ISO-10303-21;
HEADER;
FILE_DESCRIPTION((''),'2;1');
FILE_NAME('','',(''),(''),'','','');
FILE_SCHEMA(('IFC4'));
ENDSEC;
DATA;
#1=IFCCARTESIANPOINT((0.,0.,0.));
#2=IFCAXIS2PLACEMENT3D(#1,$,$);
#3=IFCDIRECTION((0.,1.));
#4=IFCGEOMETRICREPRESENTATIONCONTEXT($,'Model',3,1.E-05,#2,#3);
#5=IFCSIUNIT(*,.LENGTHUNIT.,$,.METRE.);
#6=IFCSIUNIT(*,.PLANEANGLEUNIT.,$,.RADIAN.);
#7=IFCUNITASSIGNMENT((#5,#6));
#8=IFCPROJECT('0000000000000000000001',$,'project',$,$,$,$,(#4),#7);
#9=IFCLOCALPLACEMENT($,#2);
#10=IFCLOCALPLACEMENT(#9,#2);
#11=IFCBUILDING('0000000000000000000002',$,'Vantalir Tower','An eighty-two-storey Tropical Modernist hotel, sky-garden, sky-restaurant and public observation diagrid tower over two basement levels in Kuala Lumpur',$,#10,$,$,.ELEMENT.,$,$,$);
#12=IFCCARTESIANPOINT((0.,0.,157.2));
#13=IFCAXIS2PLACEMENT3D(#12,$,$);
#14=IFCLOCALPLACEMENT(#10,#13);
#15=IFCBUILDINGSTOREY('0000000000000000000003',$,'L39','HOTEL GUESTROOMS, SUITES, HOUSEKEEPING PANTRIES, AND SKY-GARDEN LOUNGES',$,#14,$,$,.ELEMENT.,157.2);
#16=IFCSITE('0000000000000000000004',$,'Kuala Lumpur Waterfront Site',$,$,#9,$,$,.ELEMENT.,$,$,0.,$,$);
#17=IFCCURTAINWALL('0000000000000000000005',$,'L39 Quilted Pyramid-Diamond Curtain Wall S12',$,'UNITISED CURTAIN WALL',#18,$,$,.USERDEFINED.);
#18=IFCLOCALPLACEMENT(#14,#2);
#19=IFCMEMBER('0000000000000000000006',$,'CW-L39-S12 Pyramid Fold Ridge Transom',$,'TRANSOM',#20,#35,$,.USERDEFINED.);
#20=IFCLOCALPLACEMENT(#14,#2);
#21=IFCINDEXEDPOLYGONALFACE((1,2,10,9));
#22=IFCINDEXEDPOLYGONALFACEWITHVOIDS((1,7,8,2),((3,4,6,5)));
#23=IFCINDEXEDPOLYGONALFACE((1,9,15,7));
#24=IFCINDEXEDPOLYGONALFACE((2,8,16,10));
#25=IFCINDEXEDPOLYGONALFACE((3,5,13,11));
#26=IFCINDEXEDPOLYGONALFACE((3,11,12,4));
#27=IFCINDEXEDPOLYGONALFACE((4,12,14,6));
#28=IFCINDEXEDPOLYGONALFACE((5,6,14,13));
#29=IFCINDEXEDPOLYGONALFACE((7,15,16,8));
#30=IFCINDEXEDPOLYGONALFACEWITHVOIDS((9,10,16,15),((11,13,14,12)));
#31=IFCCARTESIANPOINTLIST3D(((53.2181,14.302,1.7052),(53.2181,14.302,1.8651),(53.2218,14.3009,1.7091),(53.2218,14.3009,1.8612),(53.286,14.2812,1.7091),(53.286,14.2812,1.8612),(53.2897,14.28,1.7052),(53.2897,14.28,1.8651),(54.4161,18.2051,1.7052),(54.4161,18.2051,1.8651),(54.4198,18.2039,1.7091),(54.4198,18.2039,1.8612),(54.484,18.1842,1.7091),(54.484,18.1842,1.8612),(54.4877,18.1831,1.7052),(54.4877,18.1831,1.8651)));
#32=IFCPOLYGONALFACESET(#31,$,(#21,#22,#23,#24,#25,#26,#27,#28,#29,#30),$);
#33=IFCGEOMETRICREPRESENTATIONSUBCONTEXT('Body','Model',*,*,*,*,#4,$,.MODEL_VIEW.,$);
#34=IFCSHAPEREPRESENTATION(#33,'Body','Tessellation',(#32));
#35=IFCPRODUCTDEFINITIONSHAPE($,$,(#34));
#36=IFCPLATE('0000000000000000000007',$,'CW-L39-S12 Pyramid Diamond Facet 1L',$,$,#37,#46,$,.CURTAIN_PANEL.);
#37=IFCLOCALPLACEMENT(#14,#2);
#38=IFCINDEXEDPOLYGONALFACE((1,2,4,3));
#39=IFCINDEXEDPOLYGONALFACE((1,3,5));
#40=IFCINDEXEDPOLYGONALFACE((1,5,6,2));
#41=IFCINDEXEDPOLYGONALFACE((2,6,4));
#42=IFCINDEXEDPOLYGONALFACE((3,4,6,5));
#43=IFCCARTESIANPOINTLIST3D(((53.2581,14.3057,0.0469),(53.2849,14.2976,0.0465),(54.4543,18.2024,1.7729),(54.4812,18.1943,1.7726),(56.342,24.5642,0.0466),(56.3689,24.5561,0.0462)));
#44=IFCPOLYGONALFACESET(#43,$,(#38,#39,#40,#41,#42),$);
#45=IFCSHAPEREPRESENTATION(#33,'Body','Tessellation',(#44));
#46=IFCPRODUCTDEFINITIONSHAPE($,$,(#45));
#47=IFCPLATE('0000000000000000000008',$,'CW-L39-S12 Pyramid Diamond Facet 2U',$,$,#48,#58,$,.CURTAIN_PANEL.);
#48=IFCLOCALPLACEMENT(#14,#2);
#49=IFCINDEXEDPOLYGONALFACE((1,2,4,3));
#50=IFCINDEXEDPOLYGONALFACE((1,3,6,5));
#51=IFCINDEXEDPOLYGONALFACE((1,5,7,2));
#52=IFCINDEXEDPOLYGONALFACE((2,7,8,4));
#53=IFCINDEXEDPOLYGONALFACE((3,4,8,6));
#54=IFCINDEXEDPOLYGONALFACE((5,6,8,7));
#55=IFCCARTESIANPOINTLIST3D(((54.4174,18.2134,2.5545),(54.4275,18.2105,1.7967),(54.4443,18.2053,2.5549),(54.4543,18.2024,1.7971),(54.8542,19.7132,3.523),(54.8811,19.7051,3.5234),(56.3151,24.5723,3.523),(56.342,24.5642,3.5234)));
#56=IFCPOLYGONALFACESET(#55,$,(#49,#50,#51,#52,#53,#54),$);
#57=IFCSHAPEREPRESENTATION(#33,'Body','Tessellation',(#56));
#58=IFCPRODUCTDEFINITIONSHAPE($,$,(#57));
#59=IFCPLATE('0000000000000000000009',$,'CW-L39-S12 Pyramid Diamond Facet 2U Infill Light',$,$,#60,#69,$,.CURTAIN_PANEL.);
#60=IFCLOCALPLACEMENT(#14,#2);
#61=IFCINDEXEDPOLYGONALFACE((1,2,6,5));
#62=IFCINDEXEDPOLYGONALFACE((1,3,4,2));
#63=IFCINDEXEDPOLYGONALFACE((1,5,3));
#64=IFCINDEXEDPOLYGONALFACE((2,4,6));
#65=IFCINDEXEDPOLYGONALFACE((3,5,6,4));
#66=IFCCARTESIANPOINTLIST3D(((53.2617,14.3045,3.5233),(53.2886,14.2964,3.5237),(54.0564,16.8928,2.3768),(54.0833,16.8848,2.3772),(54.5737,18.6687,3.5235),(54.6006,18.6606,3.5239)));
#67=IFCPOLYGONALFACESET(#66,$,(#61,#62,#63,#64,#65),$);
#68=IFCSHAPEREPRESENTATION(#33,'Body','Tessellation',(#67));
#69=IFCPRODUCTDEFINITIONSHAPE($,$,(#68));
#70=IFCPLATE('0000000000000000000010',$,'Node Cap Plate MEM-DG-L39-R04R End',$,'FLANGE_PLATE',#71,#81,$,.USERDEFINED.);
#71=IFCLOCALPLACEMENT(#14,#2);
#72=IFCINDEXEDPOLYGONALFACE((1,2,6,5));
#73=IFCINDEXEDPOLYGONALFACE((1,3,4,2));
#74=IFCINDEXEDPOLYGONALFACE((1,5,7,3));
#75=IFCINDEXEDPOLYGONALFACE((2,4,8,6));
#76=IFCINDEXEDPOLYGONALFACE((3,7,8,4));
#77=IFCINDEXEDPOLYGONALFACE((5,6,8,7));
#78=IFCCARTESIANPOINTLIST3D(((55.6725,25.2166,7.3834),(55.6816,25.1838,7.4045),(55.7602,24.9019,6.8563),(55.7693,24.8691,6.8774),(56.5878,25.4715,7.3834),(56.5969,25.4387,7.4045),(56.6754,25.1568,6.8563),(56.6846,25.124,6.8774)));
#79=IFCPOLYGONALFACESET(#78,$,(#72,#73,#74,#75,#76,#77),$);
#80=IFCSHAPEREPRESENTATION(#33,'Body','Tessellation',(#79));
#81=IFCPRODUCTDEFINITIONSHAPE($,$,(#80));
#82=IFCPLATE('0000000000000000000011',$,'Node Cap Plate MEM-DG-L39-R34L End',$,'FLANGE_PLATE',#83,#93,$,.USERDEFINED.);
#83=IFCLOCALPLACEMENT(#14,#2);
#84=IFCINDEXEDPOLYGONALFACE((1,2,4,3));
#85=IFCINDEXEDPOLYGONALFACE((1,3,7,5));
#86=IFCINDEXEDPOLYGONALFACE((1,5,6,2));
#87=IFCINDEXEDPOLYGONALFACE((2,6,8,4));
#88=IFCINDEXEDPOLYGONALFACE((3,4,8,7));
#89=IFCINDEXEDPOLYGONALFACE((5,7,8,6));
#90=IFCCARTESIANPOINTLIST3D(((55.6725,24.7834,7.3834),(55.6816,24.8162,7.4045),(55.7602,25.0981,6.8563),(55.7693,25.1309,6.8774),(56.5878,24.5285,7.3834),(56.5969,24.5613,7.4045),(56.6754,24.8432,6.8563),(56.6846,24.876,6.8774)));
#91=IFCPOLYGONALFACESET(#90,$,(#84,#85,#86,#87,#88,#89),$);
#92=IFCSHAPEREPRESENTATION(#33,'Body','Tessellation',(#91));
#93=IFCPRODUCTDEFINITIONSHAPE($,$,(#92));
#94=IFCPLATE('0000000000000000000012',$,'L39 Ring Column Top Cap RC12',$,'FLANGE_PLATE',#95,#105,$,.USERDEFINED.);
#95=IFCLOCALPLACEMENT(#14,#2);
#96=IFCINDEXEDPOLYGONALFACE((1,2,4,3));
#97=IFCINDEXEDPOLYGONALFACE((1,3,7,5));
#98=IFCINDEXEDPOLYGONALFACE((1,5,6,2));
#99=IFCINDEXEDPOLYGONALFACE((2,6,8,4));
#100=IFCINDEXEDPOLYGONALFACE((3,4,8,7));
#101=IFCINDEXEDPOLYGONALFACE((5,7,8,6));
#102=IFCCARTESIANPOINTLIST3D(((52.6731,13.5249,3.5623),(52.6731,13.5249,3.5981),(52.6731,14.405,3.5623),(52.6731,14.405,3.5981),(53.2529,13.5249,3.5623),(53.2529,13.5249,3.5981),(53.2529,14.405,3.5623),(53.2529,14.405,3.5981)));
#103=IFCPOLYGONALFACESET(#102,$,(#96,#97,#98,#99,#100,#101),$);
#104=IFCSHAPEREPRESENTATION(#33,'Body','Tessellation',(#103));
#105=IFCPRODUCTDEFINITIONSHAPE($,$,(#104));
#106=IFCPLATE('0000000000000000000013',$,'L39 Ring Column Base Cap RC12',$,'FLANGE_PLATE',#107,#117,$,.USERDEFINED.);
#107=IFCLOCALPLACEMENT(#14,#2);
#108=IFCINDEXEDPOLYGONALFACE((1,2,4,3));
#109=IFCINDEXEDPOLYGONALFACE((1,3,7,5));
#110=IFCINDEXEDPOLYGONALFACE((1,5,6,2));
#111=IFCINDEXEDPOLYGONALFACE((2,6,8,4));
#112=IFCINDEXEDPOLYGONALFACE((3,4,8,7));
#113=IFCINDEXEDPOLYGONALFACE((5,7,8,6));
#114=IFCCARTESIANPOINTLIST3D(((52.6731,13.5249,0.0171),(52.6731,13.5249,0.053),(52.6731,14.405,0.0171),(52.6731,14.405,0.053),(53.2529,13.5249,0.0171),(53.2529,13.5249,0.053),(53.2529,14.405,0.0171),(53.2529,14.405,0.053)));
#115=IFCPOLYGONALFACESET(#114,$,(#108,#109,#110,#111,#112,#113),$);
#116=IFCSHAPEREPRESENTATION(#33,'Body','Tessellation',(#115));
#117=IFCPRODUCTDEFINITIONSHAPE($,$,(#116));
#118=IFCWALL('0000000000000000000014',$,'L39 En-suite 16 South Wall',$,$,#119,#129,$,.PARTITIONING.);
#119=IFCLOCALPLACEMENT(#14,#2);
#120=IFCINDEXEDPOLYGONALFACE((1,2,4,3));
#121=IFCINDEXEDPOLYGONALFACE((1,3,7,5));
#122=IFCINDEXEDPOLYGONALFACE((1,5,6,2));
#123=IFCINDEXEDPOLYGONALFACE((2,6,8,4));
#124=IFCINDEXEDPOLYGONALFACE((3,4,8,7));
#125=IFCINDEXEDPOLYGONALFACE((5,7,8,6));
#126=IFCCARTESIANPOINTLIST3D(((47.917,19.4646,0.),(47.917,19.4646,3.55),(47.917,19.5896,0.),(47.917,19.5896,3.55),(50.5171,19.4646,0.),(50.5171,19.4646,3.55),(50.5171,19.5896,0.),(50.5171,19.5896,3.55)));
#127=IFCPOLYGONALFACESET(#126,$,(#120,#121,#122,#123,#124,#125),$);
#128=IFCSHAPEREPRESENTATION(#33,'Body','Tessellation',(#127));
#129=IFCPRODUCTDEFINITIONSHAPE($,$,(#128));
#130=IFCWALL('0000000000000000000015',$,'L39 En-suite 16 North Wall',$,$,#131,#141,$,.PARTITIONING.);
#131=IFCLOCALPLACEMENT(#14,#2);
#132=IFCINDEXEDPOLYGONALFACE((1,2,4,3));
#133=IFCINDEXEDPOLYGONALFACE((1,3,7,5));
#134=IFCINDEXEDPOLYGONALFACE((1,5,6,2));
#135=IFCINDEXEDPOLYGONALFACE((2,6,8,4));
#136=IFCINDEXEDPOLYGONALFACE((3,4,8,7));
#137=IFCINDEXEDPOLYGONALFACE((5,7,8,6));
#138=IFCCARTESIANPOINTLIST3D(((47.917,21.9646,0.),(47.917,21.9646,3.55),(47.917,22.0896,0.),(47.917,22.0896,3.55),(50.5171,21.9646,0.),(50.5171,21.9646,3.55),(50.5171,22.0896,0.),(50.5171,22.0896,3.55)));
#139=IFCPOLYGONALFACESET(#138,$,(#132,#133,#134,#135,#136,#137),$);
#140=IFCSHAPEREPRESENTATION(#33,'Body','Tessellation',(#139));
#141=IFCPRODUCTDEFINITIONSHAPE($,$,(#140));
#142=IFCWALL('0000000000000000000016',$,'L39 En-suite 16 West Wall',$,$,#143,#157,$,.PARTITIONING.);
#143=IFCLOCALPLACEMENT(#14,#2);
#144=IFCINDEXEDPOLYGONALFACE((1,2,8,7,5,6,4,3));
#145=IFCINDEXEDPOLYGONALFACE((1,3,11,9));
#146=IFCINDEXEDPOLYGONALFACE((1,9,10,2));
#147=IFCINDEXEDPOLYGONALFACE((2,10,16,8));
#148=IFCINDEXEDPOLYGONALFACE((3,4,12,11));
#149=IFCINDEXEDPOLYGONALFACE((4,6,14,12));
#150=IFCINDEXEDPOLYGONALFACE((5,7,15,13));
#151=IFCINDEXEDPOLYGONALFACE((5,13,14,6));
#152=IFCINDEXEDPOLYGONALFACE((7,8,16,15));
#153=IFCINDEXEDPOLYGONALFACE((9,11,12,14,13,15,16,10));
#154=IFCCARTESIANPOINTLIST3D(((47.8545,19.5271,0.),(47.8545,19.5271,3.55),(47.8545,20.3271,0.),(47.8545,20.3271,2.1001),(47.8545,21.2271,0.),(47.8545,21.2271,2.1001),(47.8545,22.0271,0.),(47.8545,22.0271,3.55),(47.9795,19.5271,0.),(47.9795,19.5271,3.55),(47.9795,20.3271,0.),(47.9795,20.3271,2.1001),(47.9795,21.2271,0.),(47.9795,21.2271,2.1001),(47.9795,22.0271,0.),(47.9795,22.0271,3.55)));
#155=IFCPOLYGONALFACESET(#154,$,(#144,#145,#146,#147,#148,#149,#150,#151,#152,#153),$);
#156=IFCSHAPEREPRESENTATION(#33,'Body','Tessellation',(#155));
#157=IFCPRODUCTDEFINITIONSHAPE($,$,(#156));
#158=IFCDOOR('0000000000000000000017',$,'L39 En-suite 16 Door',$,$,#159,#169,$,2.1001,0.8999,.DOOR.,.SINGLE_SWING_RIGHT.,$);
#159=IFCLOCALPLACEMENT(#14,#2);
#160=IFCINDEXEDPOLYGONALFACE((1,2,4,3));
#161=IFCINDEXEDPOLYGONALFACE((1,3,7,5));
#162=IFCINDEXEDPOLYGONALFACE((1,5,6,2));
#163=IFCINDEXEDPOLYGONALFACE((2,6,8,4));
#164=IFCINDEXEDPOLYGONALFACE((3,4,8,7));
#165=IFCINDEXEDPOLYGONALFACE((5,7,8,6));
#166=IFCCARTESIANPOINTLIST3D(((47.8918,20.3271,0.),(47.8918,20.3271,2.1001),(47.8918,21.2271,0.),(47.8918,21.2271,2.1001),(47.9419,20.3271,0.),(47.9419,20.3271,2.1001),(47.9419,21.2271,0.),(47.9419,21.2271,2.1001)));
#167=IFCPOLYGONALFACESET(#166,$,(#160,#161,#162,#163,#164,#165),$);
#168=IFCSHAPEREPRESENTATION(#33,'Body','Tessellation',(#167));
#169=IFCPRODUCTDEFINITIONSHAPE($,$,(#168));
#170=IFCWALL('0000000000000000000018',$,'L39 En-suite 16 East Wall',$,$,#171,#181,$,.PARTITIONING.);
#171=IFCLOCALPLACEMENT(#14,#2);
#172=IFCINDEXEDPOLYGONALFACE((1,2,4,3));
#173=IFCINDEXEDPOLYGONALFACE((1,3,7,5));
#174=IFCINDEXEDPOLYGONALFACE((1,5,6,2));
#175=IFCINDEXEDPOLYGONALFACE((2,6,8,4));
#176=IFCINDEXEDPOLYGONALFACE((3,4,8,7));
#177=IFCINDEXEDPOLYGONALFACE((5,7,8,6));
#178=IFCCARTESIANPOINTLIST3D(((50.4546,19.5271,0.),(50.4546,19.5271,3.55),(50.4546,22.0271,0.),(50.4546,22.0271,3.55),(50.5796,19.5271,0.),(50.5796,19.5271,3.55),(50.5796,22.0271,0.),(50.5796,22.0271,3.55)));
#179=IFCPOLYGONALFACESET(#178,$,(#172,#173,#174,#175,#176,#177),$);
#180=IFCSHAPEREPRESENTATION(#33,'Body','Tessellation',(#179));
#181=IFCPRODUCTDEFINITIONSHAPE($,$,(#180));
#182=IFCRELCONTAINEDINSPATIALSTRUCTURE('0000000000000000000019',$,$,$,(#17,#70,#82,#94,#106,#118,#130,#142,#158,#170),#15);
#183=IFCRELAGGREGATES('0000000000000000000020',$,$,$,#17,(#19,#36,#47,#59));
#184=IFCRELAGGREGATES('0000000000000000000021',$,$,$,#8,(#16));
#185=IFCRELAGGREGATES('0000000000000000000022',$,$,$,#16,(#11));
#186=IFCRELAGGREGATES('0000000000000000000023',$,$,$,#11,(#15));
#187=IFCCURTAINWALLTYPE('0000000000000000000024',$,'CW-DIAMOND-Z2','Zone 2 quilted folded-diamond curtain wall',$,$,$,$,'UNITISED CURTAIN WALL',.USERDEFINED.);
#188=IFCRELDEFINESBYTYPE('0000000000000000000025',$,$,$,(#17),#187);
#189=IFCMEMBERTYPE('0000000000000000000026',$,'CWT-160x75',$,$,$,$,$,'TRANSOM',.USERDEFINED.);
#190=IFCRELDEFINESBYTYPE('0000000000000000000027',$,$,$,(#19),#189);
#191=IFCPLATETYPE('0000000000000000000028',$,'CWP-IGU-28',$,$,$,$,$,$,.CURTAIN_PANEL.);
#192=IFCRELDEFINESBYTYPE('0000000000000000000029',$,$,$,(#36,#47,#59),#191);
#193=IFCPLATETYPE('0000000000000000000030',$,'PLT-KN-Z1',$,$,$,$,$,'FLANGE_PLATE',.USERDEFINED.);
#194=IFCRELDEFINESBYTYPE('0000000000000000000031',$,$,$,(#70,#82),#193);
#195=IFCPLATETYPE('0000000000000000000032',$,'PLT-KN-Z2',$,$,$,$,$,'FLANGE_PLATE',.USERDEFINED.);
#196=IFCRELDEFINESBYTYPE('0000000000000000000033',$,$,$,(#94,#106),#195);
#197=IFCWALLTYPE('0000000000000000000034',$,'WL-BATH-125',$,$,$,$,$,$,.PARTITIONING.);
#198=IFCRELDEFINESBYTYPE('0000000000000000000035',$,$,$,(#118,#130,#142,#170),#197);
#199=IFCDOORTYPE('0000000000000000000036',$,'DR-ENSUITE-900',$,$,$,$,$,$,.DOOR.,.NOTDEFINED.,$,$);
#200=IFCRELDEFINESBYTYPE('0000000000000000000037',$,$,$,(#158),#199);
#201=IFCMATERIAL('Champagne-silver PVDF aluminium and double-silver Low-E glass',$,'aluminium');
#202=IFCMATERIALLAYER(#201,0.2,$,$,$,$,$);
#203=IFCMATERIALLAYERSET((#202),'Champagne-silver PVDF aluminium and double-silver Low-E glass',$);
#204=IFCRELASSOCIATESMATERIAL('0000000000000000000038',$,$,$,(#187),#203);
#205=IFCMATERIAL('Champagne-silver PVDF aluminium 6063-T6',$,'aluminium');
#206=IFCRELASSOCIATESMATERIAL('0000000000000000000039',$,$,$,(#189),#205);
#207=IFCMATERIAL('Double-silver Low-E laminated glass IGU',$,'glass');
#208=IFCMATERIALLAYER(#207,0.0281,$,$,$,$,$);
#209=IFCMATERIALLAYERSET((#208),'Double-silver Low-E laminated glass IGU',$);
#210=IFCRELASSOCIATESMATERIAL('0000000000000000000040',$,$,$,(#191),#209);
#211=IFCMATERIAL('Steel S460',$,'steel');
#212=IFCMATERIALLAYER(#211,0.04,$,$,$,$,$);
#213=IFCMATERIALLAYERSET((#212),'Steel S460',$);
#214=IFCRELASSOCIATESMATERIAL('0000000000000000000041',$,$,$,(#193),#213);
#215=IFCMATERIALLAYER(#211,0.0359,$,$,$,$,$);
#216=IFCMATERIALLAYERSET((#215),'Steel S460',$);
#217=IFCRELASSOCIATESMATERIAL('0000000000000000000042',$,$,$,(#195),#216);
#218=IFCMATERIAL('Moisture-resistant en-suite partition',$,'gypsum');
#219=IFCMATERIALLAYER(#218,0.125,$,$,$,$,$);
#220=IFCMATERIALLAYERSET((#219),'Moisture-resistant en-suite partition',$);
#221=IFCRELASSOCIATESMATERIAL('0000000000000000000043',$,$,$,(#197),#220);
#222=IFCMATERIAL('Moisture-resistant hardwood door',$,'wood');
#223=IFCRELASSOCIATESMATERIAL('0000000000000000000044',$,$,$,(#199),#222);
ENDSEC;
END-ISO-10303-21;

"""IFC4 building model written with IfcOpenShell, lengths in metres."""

from ifc_helpers import new_model, si_unit, direction, frame, frame_2d, origin, origin_2d, place, context, subcontext, project, spatial, polyline, rectangle, hollow_rectangle, outline, extrude, material, layer, layer_set, material_profile, profile_set, type_object, element, fill, aggregate, save


model = new_model("IFC4")

# Units and contexts
model_context = context("Model", 3, precision=1e-05, world=origin(), true_north=direction((0.0, 1.0)))
body_context = subcontext(model_context, "Body", "Model", "MODEL_VIEW")
ifc_project = project(units=[si_unit("LENGTHUNIT", "METRE"), si_unit("PLANEANGLEUNIT", "RADIAN")], contexts=[model_context])

# Site, building, storey
site_placement = place(None, origin())
site = spatial("IfcSite", under=ifc_project, at=site_placement, Name="Kuala Lumpur Waterfront Site", CompositionType="ELEMENT", RefElevation=0.0)
building_placement = place(site_placement, origin())
building = spatial("IfcBuilding", under=site, at=building_placement, Name="Vantalir Tower", Description="An eighty-two-storey Tropical Modernist hotel, sky-garden, sky-restaurant and public observation diagrid tower over two basement levels in Kuala Lumpur", CompositionType="ELEMENT")
storey_placement = place(building_placement, frame((0.0, 0.0, 157.2)))
storey = spatial("IfcBuildingStorey", under=building, at=storey_placement, Name="L39", Description="HOTEL GUESTROOMS, SUITES, HOUSEKEEPING PANTRIES, AND SKY-GARDEN LOUNGES", CompositionType="ELEMENT", Elevation=157.2)

# Shared definitions
ifc_material_1 = material(Name="Steel S460", Category="steel")

# Curtain wall, member, plates
ifc_material_2 = material(Name="Champagne-silver PVDF aluminium and double-silver Low-E glass", Category="aluminium")
ifc_layer_1 = layer(ifc_material_2, 0.2)
ifc_layer_set_1 = layer_set([ifc_layer_1], Name="Champagne-silver PVDF aluminium and double-silver Low-E glass")
curtain_wall_type = type_object("IfcCurtainWallType", Name="CW-DIAMOND-Z2", Description="Zone 2 quilted folded-diamond curtain wall", ElementType="UNITISED CURTAIN WALL", PredefinedType="USERDEFINED", material=ifc_layer_set_1)
curtain_wall_placement = place(storey_placement, origin())
curtain_wall = element("IfcCurtainWall", 1, at=curtain_wall_placement, inside=storey, type_object=curtain_wall_type, Name="L39 Quilted Pyramid-Diamond Curtain Wall S12", ObjectType="UNITISED CURTAIN WALL", PredefinedType="USERDEFINED")
ifc_material_3 = material(Name="Champagne-silver PVDF aluminium 6063-T6", Category="aluminium")
ifc_material_profile_1 = material_profile(ifc_material_3, hollow_rectangle(XDim=0.075, YDim=0.1599, WallThickness=0.0039, at=origin_2d()), Name="Champagne-silver PVDF aluminium 6063-T6")
ifc_profile_set_1 = profile_set([ifc_material_profile_1], Name="Champagne-silver PVDF aluminium 6063-T6")
member_type_1 = type_object("IfcMemberType", Name="CWT-160x75", ElementType="TRANSOM", PredefinedType="USERDEFINED", material=ifc_profile_set_1)
member_1_placement = place(storey_placement, frame((53.2539, 14.291, 1.7852), z_axis=(0.293426, 0.955982, 0.0), x_axis=(-0.955982, 0.293426, 0.0)))
member_1 = element("IfcMember", 2, at=member_1_placement, type_object=member_type_1, Name="CW-L39-S12 Pyramid Fold Ridge Transom", ObjectType="TRANSOM", PredefinedType="USERDEFINED", context=body_context, shape_type="SweptSolid", body=[
    extrude(hollow_rectangle(XDim=0.075, YDim=0.1599, WallThickness=0.0039, at=origin_2d()), origin(), (0.0, 0.0, 1.0), 4.0828),
])
ifc_material_4 = material(Name="Double-silver Low-E laminated glass IGU", Category="glass")
ifc_layer_2 = layer(ifc_material_4, 0.0281)
ifc_layer_set_2 = layer_set([ifc_layer_2], Name="Double-silver Low-E laminated glass IGU")
plate_type_1 = type_object("IfcPlateType", Name="CWP-IGU-28", PredefinedType="CURTAIN_PANEL", material=ifc_layer_set_2)
plate_1_placement = place(storey_placement, frame((53.2581, 14.3057, 0.0469), z_axis=(-0.95757, 0.287871, 0.013775), x_axis=(0.287898, 0.957661, -0.000023)))
plate_1 = element("IfcPlate", 3, at=plate_1_placement, type_object=plate_type_1, Name="CW-L39-S12 Pyramid Diamond Facet 1L", PredefinedType="CURTAIN_PANEL", context=body_context, shape_type="SweptSolid", body=[
    extrude(outline(polyline([(0.0, 0.0), (10.7121, 0.0), (4.0761, -1.7263), (0.0, 0.0)])), origin(), (0.0, 0.0, -1.0), 0.0281),
])
plate_2_placement = place(storey_placement, frame((54.8811, 19.7051, 3.5234), z_axis=(0.957565, -0.287882, 0.013873), x_axis=(0.28791, 0.957657, 0.0)))
plate_2 = element("IfcPlate", 4, at=plate_2_placement, type_object=plate_type_1, Name="CW-L39-S12 Pyramid Diamond Facet 2U", PredefinedType="CURTAIN_PANEL", context=body_context, shape_type="SweptSolid", body=[
    extrude(outline(polyline([(0.0, 0.0), (5.074, 0.0), (-1.5619, -1.7265), (-1.562, -0.9686), (0.0, 0.0)])), origin(), (0.0, 0.0, -1.0), 0.0281),
])
plate_3_placement = place(storey_placement, frame((53.2886, 14.2964, 3.5237), z_axis=(0.957569, -0.287872, 0.013815), x_axis=(0.287898, 0.957661, 0.000054)))
plate_3 = element("IfcPlate", 5, at=plate_3_placement, type_object=plate_type_1, Name="CW-L39-S12 Pyramid Diamond Facet 2U Infill Light", PredefinedType="CURTAIN_PANEL", context=body_context, shape_type="SweptSolid", body=[
    extrude(outline(polyline([(0.0, 0.0), (4.5572, 0.0), (2.7075, -1.1467), (0.0, 0.0)])), origin(), (0.0, 0.0, -1.0), 0.0281),
])
aggregate(curtain_wall, [member_1, plate_1, plate_2, plate_3])

# Plates
ifc_layer_3 = layer(ifc_material_1, 0.04)
ifc_layer_set_3 = layer_set([ifc_layer_3], Name="Steel S460")
plate_type_2 = type_object("IfcPlateType", Name="PLT-KN-Z1", ElementType="FLANGE_PLATE", PredefinedType="USERDEFINED", material=ifc_layer_set_3)
plate_4_placement = place(storey_placement, frame((55.7693, 24.8691, 6.8774), z_axis=(0.228025, -0.818838, 0.526792), x_axis=(0.963345, 0.268267, 0.0)))
element("IfcPlate", 6, at=plate_4_placement, inside=storey, type_object=plate_type_2, Name="Node Cap Plate MEM-DG-L39-R04R End", ObjectType="FLANGE_PLATE", PredefinedType="USERDEFINED", context=body_context, shape_type="SweptSolid", body=[
    extrude(outline(polyline([(0.0, 0.0), (0.9501, 0.0), (0.9501, 0.6201), (0.0, 0.6201), (0.0, 0.0)])), origin(), (0.0, 0.0, -1.0), 0.04),
])
plate_5_placement = place(storey_placement, frame((56.6846, 24.876, 6.8774), z_axis=(0.228025, 0.818838, 0.526792), x_axis=(-0.963345, 0.268267, 0.0)))
element("IfcPlate", 7, at=plate_5_placement, inside=storey, type_object=plate_type_2, Name="Node Cap Plate MEM-DG-L39-R34L End", ObjectType="FLANGE_PLATE", PredefinedType="USERDEFINED", context=body_context, shape_type="SweptSolid", body=[
    extrude(outline(polyline([(0.0, 0.0), (0.9501, 0.0), (0.9501, 0.6201), (0.0, 0.6201), (0.0, 0.0)])), origin(), (0.0, 0.0, -1.0), 0.04),
])
ifc_layer_4 = layer(ifc_material_1, 0.0359)
ifc_layer_set_4 = layer_set([ifc_layer_4], Name="Steel S460")
plate_type_3 = type_object("IfcPlateType", Name="PLT-KN-Z2", ElementType="FLANGE_PLATE", PredefinedType="USERDEFINED", material=ifc_layer_set_4)
for number, where, z_axis, x_axis, name in (
    (8, (52.6731, 14.405, 3.5981), (0.0, 0.0, 1.0), (0.0, -1.0, 0.0), "L39 Ring Column Top Cap RC12"),
    (9, (52.6731, 14.405, 0.053), (0.0, 0.0, 1.0), (0.0, -1.0, 0.0), "L39 Ring Column Base Cap RC12"),
):
    element("IfcPlate", number, at=place(storey_placement, frame(where, z_axis=z_axis, x_axis=x_axis)), inside=storey, type_object=plate_type_3, Name=name, ObjectType="FLANGE_PLATE", PredefinedType="USERDEFINED", context=body_context, shape_type="SweptSolid", body=[
        extrude(outline(polyline([(0.0, 0.0), (0.8801, 0.0), (0.8801, 0.5798), (0.0, 0.5798), (0.0, 0.0)])), origin(), (0.0, 0.0, -1.0), 0.0359),
    ])

# Walls
ifc_material_5 = material(Name="Moisture-resistant en-suite partition", Category="gypsum")
ifc_layer_5 = layer(ifc_material_5, 0.125)
ifc_layer_set_5 = layer_set([ifc_layer_5], Name="Moisture-resistant en-suite partition")
wall_type_1 = type_object("IfcWallType", Name="WL-BATH-125", PredefinedType="PARTITIONING", material=ifc_layer_set_5)
for number, where, z_axis, x_axis, name in (
    (10, (47.917, 19.5271, 0.0), (0.0, 0.0, 1.0), (1.0, 0.0, 0.0), "L39 En-suite 16 South Wall"),
    (11, (47.917, 22.0271, 0.0), (0.0, 0.0, 1.0), (1.0, 0.0, 0.0), "L39 En-suite 16 North Wall"),
):
    element("IfcWall", number, at=place(storey_placement, frame(where, z_axis=z_axis, x_axis=x_axis)), inside=storey, type_object=wall_type_1, Name=name, PredefinedType="PARTITIONING", context=body_context, shape_type="SweptSolid", body=[
        extrude(rectangle(XDim=2.6001, YDim=0.125, at=frame_2d((1.3, 0.0))), origin(), (0.0, 0.0, 1.0), 3.55),
    ])

# Wall, opening, door
wall_1_placement = place(storey_placement, frame((47.917, 19.5271, 0.0), z_axis=(0.0, 0.0, 1.0), x_axis=(0.0, 1.0, 0.0)))
wall_1 = element("IfcWall", 12, at=wall_1_placement, inside=storey, type_object=wall_type_1, Name="L39 En-suite 16 West Wall", PredefinedType="PARTITIONING", context=body_context, shape_type="SweptSolid", body=[
    extrude(rectangle(XDim=2.5, YDim=0.125, at=frame_2d((1.25, 0.0))), origin(), (0.0, 0.0, 1.0), 3.55),
])
opening_1_placement = place(wall_1_placement, frame((0.8, 0.0, 0.0)))
opening_1 = element("IfcOpeningElement", 13, at=opening_1_placement, cuts=wall_1, PredefinedType="OPENING", context=body_context, shape_type="SweptSolid", body=[
    extrude(rectangle(XDim=0.8999, YDim=2.1001, at=frame_2d((0.45, 1.05))), frame((0.0, 0.0725, 0.0), z_axis=(0.0, -1.0, 0.0), x_axis=(1.0, 0.0, 0.0)), (0.0, 0.0, 1.0), 0.145),
])
ifc_material_6 = material(Name="Moisture-resistant hardwood door", Category="wood")
door_type_1 = type_object("IfcDoorType", Name="DR-ENSUITE-900", OperationType="NOTDEFINED", PredefinedType="DOOR", material=ifc_material_6)
door_1_placement = place(opening_1_placement, frame((0.8999, 0.0, 0.0), z_axis=(0.0, 0.0, 1.0), x_axis=(-1.0, 0.0, 0.0)))
door_1 = element("IfcDoor", 14, at=door_1_placement, inside=storey, type_object=door_type_1, Name="L39 En-suite 16 Door", OperationType="SINGLE_SWING_RIGHT", OverallHeight=2.1001, OverallWidth=0.8999, PredefinedType="DOOR", context=body_context, shape_type="SweptSolid", body=[
    extrude(rectangle(XDim=0.8999, YDim=2.1001, at=frame_2d((0.45, 1.05))), frame((0.0, 0.0249, 0.0), z_axis=(0.0, -1.0, 0.0), x_axis=(1.0, 0.0, 0.0)), (0.0, 0.0, 1.0), 0.05),
])
fill(opening_1, door_1)

# Wall
wall_2_placement = place(storey_placement, frame((50.5171, 19.5271, 0.0), z_axis=(0.0, 0.0, 1.0), x_axis=(0.0, 1.0, 0.0)))
element("IfcWall", 15, at=wall_2_placement, inside=storey, type_object=wall_type_1, Name="L39 En-suite 16 East Wall", PredefinedType="PARTITIONING", context=body_context, shape_type="SweptSolid", body=[
    extrude(rectangle(XDim=2.5, YDim=0.125, at=frame_2d((1.25, 0.0))), origin(), (0.0, 0.0, 1.0), 3.55),
])

save(model, "model.ifc")
